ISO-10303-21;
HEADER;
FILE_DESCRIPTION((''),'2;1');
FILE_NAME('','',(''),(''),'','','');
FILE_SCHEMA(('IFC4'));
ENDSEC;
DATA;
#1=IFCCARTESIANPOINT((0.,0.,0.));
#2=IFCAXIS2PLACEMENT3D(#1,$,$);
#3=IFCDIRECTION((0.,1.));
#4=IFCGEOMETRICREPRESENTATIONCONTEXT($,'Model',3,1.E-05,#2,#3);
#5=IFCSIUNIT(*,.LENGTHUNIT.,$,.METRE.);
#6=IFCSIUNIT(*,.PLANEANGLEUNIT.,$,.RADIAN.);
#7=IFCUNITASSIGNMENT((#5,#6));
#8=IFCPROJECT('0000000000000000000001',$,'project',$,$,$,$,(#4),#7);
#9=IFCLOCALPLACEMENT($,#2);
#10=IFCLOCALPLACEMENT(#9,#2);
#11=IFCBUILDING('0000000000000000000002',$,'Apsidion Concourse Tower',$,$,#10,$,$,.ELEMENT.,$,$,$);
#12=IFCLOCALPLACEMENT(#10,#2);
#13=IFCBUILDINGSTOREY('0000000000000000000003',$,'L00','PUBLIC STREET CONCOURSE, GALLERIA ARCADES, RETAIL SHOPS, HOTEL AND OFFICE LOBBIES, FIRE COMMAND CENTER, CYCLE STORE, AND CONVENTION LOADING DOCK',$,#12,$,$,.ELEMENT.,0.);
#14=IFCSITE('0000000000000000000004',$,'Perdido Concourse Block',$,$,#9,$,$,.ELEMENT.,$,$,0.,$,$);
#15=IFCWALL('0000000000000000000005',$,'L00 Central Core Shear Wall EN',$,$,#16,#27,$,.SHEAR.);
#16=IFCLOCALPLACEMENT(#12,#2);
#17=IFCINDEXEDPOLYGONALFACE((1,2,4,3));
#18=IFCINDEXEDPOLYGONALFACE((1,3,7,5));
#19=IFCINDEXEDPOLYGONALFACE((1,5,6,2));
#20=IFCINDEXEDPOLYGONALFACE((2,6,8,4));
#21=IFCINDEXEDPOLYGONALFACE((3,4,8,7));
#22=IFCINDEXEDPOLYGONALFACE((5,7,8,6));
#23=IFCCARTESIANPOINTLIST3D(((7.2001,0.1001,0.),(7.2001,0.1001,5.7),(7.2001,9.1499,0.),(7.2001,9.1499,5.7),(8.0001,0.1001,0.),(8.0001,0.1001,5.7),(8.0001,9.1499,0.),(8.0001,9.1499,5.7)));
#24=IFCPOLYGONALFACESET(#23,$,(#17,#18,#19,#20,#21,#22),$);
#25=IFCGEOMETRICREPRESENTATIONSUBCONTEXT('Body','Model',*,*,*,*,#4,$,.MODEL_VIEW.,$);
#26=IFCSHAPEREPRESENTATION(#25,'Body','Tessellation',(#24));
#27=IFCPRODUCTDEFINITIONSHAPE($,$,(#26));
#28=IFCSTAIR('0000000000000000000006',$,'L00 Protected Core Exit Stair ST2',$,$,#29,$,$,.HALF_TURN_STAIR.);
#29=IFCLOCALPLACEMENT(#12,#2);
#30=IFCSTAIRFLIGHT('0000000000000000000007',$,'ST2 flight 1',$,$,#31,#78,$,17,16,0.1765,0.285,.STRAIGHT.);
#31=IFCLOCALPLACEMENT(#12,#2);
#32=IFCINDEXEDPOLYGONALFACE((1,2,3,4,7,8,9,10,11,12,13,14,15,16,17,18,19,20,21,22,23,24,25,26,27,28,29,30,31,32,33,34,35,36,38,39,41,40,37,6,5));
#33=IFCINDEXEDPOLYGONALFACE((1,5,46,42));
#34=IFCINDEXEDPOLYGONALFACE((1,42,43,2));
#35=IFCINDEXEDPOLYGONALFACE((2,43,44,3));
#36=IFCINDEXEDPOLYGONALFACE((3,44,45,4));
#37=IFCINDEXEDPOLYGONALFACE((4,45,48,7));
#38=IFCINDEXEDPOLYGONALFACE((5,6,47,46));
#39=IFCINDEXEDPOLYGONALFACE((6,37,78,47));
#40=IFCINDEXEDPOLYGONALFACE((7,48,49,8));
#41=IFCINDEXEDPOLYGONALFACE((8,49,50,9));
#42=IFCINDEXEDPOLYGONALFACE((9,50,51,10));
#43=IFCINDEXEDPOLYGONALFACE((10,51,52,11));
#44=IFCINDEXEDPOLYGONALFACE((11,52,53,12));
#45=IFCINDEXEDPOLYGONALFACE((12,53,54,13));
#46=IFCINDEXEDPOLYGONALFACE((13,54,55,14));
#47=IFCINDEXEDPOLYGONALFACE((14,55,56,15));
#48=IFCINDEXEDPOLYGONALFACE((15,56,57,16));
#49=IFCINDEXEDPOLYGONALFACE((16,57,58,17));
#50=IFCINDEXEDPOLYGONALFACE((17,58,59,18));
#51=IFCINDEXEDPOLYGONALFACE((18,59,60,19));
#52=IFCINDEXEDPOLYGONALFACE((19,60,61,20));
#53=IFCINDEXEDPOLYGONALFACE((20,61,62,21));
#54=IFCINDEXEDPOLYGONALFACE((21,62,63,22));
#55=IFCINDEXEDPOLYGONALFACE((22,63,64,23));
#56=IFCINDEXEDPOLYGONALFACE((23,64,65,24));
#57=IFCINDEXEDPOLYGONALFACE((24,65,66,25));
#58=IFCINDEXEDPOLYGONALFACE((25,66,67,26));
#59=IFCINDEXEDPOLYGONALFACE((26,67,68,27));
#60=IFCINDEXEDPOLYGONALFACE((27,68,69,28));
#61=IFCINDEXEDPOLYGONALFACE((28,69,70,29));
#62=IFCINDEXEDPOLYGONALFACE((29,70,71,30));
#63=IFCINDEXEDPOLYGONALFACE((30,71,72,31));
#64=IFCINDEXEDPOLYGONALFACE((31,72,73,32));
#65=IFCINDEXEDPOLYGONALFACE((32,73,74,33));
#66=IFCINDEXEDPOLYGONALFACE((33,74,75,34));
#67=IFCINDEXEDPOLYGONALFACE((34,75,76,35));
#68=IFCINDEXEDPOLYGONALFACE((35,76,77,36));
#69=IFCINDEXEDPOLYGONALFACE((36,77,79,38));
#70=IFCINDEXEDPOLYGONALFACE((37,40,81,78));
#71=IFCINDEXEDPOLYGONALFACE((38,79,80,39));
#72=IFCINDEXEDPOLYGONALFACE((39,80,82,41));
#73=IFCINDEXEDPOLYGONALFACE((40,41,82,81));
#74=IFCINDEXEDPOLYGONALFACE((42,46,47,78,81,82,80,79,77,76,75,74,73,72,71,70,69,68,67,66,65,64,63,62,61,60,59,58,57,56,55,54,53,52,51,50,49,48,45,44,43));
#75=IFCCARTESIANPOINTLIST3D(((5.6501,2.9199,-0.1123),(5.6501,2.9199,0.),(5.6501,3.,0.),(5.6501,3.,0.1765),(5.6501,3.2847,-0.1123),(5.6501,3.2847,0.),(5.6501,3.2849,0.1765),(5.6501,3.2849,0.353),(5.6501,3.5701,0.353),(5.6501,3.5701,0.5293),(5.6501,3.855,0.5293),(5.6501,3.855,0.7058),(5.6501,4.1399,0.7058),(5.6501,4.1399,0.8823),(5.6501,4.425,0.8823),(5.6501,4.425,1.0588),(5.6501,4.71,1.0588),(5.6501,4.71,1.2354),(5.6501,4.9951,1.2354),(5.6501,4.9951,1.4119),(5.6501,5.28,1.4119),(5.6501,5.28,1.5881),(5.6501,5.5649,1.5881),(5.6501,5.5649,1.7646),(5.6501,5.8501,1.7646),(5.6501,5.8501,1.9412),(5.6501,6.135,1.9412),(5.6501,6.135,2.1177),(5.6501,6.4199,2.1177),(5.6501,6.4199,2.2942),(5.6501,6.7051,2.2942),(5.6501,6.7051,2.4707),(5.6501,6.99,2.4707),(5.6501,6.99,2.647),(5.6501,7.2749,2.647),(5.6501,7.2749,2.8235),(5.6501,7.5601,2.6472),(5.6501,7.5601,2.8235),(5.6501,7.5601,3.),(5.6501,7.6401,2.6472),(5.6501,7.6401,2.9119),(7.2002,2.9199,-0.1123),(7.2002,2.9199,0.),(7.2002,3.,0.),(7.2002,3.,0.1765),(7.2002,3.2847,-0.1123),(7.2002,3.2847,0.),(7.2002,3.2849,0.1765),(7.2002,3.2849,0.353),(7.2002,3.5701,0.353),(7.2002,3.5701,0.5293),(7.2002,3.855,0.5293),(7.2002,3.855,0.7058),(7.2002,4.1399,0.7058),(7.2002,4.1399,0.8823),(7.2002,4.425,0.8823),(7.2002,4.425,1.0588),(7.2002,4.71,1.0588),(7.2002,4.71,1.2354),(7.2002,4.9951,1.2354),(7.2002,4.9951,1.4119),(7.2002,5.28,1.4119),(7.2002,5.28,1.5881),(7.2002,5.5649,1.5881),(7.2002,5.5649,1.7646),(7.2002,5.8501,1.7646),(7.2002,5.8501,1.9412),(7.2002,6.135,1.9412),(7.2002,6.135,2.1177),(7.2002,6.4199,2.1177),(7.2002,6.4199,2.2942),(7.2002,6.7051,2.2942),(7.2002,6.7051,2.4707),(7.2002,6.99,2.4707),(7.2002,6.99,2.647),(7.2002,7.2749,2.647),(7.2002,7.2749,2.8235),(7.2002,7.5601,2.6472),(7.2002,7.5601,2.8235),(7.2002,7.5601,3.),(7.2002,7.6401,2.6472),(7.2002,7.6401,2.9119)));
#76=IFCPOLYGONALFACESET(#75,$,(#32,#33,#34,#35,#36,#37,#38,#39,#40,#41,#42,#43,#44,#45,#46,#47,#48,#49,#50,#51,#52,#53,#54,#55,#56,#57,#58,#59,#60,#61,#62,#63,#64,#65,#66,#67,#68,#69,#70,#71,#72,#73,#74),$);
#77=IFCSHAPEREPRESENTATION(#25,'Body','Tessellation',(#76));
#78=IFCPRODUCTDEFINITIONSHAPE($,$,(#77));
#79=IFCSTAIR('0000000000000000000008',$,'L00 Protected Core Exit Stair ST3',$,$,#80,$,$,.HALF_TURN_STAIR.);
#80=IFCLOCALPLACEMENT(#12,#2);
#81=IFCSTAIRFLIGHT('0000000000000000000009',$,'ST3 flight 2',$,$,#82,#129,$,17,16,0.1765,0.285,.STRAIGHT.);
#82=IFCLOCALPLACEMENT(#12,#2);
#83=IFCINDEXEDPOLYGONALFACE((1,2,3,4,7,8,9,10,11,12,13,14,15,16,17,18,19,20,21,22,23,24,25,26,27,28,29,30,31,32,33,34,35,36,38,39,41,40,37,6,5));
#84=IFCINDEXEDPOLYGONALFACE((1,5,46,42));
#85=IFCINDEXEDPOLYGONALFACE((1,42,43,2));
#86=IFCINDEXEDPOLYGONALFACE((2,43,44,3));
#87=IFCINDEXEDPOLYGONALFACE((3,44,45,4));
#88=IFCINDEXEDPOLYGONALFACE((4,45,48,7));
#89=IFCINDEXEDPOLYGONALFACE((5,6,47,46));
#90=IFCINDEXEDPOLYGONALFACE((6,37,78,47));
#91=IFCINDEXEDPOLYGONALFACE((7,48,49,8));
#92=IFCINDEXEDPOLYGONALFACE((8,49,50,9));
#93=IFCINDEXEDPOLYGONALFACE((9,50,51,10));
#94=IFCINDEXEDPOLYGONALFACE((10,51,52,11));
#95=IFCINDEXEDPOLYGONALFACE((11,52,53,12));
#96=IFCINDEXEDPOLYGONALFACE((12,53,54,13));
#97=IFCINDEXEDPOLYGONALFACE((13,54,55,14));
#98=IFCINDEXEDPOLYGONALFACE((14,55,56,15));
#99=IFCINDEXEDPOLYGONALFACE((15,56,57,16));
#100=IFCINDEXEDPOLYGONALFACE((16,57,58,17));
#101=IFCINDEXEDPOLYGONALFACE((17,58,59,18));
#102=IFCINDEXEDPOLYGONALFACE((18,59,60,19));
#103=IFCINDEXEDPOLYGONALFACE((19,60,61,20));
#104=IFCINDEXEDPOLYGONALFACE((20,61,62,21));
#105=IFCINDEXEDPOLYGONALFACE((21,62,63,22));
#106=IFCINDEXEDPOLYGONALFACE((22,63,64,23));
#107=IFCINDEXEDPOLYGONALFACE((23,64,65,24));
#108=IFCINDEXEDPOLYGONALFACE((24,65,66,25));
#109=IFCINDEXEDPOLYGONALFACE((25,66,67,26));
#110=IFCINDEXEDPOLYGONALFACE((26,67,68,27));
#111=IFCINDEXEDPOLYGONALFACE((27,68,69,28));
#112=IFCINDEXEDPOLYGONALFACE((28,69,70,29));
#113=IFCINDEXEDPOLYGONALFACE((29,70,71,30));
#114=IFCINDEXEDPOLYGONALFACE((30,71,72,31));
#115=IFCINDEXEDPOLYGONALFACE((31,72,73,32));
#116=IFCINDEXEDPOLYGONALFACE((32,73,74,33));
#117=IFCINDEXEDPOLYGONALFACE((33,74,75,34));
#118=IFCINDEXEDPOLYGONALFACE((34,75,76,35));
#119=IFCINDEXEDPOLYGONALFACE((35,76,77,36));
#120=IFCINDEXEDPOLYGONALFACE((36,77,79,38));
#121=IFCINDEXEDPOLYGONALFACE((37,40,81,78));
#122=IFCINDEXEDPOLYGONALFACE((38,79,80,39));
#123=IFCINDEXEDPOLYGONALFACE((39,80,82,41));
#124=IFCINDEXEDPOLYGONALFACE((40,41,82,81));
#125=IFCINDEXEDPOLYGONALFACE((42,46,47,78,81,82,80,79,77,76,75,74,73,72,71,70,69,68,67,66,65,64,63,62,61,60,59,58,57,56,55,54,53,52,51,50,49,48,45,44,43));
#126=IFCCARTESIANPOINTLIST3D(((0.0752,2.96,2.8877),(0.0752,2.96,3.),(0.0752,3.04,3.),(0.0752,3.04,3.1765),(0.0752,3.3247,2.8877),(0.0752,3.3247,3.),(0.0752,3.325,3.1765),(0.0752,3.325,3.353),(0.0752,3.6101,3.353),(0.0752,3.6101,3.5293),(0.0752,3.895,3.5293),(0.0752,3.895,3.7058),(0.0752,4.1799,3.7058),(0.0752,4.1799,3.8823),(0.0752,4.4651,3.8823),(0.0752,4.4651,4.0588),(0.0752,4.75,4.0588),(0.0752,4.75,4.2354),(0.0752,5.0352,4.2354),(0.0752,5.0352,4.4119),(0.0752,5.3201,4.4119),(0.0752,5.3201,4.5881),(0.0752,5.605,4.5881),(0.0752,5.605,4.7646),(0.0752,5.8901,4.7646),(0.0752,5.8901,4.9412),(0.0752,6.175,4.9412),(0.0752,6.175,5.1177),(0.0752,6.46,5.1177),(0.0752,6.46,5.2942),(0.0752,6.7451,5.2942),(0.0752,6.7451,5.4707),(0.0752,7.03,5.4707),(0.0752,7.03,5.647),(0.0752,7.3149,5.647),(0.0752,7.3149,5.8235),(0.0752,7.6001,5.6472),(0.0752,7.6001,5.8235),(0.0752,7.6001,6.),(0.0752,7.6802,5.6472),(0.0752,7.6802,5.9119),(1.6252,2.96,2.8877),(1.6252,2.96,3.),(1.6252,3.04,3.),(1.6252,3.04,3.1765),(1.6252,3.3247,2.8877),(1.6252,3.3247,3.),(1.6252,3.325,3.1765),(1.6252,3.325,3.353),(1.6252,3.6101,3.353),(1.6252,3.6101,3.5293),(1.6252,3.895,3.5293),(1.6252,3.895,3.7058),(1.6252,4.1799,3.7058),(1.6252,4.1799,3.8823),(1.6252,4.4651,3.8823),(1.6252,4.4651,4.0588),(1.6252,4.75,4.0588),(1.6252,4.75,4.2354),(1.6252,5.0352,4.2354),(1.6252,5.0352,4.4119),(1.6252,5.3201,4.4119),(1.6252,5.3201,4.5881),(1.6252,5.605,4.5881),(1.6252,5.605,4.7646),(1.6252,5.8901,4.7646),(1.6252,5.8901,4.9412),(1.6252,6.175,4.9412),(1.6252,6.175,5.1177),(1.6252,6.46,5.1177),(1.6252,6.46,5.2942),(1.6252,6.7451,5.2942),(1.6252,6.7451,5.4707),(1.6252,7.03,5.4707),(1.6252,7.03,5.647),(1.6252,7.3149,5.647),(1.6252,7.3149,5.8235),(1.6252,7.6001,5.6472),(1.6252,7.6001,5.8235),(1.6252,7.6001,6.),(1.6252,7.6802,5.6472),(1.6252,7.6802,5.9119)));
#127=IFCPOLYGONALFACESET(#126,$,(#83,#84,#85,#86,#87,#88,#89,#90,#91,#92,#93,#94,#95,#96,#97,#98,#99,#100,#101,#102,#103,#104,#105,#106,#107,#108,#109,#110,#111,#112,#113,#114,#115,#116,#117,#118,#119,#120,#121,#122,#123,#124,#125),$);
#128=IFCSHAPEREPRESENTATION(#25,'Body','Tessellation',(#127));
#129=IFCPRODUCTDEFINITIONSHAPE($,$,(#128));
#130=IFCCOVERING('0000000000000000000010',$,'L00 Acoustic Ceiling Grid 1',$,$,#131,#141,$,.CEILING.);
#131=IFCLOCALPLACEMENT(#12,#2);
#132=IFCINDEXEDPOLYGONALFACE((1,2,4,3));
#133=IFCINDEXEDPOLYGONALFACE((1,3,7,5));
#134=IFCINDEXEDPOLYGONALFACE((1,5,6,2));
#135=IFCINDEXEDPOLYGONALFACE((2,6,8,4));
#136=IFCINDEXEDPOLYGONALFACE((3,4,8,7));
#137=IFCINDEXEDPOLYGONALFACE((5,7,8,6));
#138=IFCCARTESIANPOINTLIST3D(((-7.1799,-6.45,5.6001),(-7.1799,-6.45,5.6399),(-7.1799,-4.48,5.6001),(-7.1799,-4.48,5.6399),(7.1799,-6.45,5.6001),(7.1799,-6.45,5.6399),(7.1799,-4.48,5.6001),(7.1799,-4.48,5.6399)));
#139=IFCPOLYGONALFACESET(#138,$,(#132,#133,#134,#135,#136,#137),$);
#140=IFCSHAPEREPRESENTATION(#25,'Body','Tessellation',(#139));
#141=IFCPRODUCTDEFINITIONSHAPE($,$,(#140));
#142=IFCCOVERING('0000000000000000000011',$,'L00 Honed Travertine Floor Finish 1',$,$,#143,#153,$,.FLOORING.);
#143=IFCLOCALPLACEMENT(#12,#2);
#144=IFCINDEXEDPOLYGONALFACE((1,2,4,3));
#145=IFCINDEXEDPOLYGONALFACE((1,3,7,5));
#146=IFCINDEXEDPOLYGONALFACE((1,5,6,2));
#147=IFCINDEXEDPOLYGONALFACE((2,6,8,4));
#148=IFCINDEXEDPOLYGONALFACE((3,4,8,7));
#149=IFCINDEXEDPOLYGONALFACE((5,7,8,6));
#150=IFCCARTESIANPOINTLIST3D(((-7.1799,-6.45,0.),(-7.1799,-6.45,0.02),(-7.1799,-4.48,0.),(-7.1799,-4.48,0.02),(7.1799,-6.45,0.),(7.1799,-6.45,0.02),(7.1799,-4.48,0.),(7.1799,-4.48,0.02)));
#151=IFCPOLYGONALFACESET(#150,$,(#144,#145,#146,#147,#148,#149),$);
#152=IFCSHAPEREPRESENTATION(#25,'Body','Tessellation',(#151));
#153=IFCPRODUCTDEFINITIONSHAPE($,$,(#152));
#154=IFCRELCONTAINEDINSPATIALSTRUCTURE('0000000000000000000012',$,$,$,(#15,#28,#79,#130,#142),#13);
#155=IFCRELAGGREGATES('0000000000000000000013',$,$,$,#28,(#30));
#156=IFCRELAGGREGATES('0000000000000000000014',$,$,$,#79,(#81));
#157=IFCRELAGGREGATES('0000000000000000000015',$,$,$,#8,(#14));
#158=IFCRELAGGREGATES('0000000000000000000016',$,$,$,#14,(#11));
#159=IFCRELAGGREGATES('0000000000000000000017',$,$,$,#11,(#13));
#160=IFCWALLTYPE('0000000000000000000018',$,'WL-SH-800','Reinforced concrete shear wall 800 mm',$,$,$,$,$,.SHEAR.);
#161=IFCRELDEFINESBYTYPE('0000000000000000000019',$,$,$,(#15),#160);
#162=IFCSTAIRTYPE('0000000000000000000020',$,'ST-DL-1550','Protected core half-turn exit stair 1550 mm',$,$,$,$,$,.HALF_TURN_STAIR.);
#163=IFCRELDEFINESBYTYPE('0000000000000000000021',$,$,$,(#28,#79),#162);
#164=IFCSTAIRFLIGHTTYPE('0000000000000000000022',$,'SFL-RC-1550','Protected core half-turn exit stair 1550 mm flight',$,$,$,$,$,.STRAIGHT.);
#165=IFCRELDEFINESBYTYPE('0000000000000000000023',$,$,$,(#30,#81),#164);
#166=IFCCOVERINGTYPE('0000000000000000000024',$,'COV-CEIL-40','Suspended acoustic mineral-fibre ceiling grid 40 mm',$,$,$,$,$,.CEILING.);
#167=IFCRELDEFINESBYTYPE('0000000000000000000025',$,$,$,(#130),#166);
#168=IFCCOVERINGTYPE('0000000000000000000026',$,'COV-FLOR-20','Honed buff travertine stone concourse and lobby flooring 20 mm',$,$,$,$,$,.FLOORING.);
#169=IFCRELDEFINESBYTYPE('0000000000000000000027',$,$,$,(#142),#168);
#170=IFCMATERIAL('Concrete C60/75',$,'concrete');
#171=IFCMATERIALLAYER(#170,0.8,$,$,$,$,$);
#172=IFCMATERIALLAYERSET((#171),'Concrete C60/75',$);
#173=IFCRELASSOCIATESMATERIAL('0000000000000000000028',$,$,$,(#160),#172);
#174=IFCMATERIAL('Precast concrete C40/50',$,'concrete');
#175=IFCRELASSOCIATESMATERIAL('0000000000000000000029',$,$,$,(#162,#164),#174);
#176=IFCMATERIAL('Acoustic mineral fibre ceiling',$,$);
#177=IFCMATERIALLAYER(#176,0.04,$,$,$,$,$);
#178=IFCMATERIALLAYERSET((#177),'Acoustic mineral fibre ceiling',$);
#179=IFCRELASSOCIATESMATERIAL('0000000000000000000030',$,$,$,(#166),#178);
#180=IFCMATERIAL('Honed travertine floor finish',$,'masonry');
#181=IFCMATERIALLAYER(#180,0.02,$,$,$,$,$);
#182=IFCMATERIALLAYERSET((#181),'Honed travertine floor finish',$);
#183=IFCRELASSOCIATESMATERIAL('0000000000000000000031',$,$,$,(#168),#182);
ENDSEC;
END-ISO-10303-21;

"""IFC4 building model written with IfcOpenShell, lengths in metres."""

from ifc_helpers import new_model, si_unit, direction, frame, frame_2d, origin, place, context, subcontext, project, spatial, polyline, rectangle, outline, extrude, material, layer, layer_set, type_object, element, aggregate, save


model = new_model("IFC4")

# Units and contexts
model_context = context("Model", 3, precision=1e-05, world=origin(), true_north=direction((0.0, 1.0)))
body_context = subcontext(model_context, "Body", "Model", "MODEL_VIEW")
ifc_project = project(units=[si_unit("LENGTHUNIT", "METRE"), si_unit("PLANEANGLEUNIT", "RADIAN")], contexts=[model_context])

# Site, building, storey
site_placement = place(None, origin())
site = spatial("IfcSite", under=ifc_project, at=site_placement, Name="Perdido Concourse Block", CompositionType="ELEMENT", RefElevation=0.0)
building_placement = place(site_placement, origin())
building = spatial("IfcBuilding", under=site, at=building_placement, Name="Apsidion Concourse Tower", CompositionType="ELEMENT")
storey_placement = place(building_placement, origin())
storey = spatial("IfcBuildingStorey", under=building, at=storey_placement, Name="L00", Description="PUBLIC STREET CONCOURSE, GALLERIA ARCADES, RETAIL SHOPS, HOTEL AND OFFICE LOBBIES, FIRE COMMAND CENTER, CYCLE STORE, AND CONVENTION LOADING DOCK", CompositionType="ELEMENT", Elevation=0.0)

# Shared definitions
ifc_material_1 = material(Name="Concrete C60/75", Category="concrete")

# Shared definitions
ifc_material_2 = material(Name="Precast concrete C40/50", Category="concrete")

# Wall
ifc_layer_1 = layer(ifc_material_1, 0.8)
ifc_layer_set_1 = layer_set([ifc_layer_1], Name="Concrete C60/75")
wall_type_1 = type_object("IfcWallType", Name="WL-SH-800", Description="Reinforced concrete shear wall 800 mm", PredefinedType="SHEAR", material=ifc_layer_set_1)
wall_1_placement = place(storey_placement, frame((7.6001, 0.1001, 0.0), z_axis=(0.0, 0.0, 1.0), x_axis=(0.0, 1.0, 0.0)))
element("IfcWall", 1, at=wall_1_placement, inside=storey, type_object=wall_type_1, Name="L00 Central Core Shear Wall EN", PredefinedType="SHEAR", context=body_context, shape_type="SweptSolid", body=[
    extrude(rectangle(XDim=9.0498, YDim=0.8, at=frame_2d((4.5249, 0.0))), origin(), (0.0, 0.0, 1.0), 5.7),
])

# Stairs, stair flights
stair_type_1 = type_object("IfcStairType", Name="ST-DL-1550", Description="Protected core half-turn exit stair 1550 mm", PredefinedType="HALF_TURN_STAIR", material=ifc_material_2)
stair_1_placement = place(storey_placement, origin())
stair_1 = element("IfcStair", 2, at=stair_1_placement, inside=storey, type_object=stair_type_1, Name="L00 Protected Core Exit Stair ST2", PredefinedType="HALF_TURN_STAIR")
stair_flight_type = type_object("IfcStairFlightType", Name="SFL-RC-1550", Description="Protected core half-turn exit stair 1550 mm flight", PredefinedType="STRAIGHT", material=ifc_material_2)
stair_flight_1_placement = place(storey_placement, frame((6.425, 3.0, 0.0), z_axis=(0.0, 0.0, 1.0), x_axis=(0.0, 1.0, 0.0)))
stair_flight_1 = element("IfcStairFlight", 3, at=stair_flight_1_placement, type_object=stair_flight_type, Name="ST2 flight 1", NumberOfRisers=17, NumberOfTreads=16, PredefinedType="STRAIGHT", RiserHeight=0.1765, TreadLength=0.285, context=body_context, shape_type="SweptSolid", body=[
    extrude(outline(polyline([(-0.0801, -0.1123), (-0.0801, 0.0), (0.0, 0.0), (0.0, 0.1765), (0.2849, 0.1765), (0.2849, 0.353), (0.5701, 0.353), (0.5701, 0.5293), (0.855, 0.5293), (0.855, 0.7058), (1.1399, 0.7058), (1.1399, 0.8823), (1.425, 0.8823), (1.425, 1.0588), (1.71, 1.0588), (1.71, 1.2354), (1.9951, 1.2354), (1.9951, 1.4119), (2.28, 1.4119), (2.28, 1.5881), (2.5649, 1.5881), (2.5649, 1.7646), (2.8501, 1.7646), (2.8501, 1.9412), (3.135, 1.9412), (3.135, 2.1177), (3.4199, 2.1177), (3.4199, 2.2942), (3.7051, 2.2942), (3.7051, 2.4707), (3.99, 2.4707), (3.99, 2.647), (4.2749, 2.647), (4.2749, 2.8235), (4.5601, 2.8235), (4.5601, 3.0), (4.6401, 2.9119), (4.6401, 2.6472), (4.5601, 2.6472), (0.2847, 0.0), (0.2847, -0.1123), (-0.0801, -0.1123)])), frame((0.0, 0.7749, 0.0), z_axis=(0.0, -1.0, 0.0), x_axis=(1.0, 0.0, 0.0)), (0.0, 0.0, 1.0), 1.55),
])
aggregate(stair_1, [stair_flight_1])
stair_2_placement = place(storey_placement, origin())
stair_2 = element("IfcStair", 4, at=stair_2_placement, inside=storey, type_object=stair_type_1, Name="L00 Protected Core Exit Stair ST3", PredefinedType="HALF_TURN_STAIR")
stair_flight_2_placement = place(storey_placement, frame((0.8501, 3.04, 3.0), z_axis=(0.0, 0.0, 1.0), x_axis=(0.0, 1.0, 0.0)))
stair_flight_2 = element("IfcStairFlight", 5, at=stair_flight_2_placement, type_object=stair_flight_type, Name="ST3 flight 2", NumberOfRisers=17, NumberOfTreads=16, PredefinedType="STRAIGHT", RiserHeight=0.1765, TreadLength=0.285, context=body_context, shape_type="SweptSolid", body=[
    extrude(outline(polyline([(-0.0801, -0.1123), (-0.0801, 0.0), (0.0, 0.0), (0.0, 0.1765), (0.2849, 0.1765), (0.2849, 0.353), (0.5701, 0.353), (0.5701, 0.5293), (0.855, 0.5293), (0.855, 0.7058), (1.1399, 0.7058), (1.1399, 0.8823), (1.425, 0.8823), (1.425, 1.0588), (1.71, 1.0588), (1.71, 1.2354), (1.9951, 1.2354), (1.9951, 1.4119), (2.28, 1.4119), (2.28, 1.5881), (2.5649, 1.5881), (2.5649, 1.7646), (2.8501, 1.7646), (2.8501, 1.9412), (3.135, 1.9412), (3.135, 2.1177), (3.4199, 2.1177), (3.4199, 2.2942), (3.7051, 2.2942), (3.7051, 2.4707), (3.99, 2.4707), (3.99, 2.647), (4.2749, 2.647), (4.2749, 2.8235), (4.5601, 2.8235), (4.5601, 3.0), (4.6401, 2.9119), (4.6401, 2.6472), (4.5601, 2.6472), (0.2847, 0.0), (0.2847, -0.1123), (-0.0801, -0.1123)])), frame((0.0, 0.7749, 0.0), z_axis=(0.0, -1.0, 0.0), x_axis=(1.0, 0.0, 0.0)), (0.0, 0.0, 1.0), 1.55),
])
aggregate(stair_2, [stair_flight_2])

# Coverings
ifc_material_3 = material(Name="Acoustic mineral fibre ceiling")
ifc_layer_2 = layer(ifc_material_3, 0.04)
ifc_layer_set_2 = layer_set([ifc_layer_2], Name="Acoustic mineral fibre ceiling")
covering_type_1 = type_object("IfcCoveringType", Name="COV-CEIL-40", Description="Suspended acoustic mineral-fibre ceiling grid 40 mm", PredefinedType="CEILING", material=ifc_layer_set_2)
covering_1_placement = place(storey_placement, frame((0.0, 0.0, 5.6001)))
element("IfcCovering", 6, at=covering_1_placement, inside=storey, type_object=covering_type_1, Name="L00 Acoustic Ceiling Grid 1", PredefinedType="CEILING", context=body_context, shape_type="SweptSolid", body=[
    extrude(outline(polyline([(-7.1799, -6.45), (-7.1799, -4.48), (7.1799, -4.48), (7.1799, -6.45), (-7.1799, -6.45)])), origin(), (0.0, 0.0, 1.0), 0.0398),
])
ifc_material_4 = material(Name="Honed travertine floor finish", Category="masonry")
ifc_layer_3 = layer(ifc_material_4, 0.02)
ifc_layer_set_3 = layer_set([ifc_layer_3], Name="Honed travertine floor finish")
covering_type_2 = type_object("IfcCoveringType", Name="COV-FLOR-20", Description="Honed buff travertine stone concourse and lobby flooring 20 mm", PredefinedType="FLOORING", material=ifc_layer_set_3)
covering_2_placement = place(storey_placement, origin())
element("IfcCovering", 7, at=covering_2_placement, inside=storey, type_object=covering_type_2, Name="L00 Honed Travertine Floor Finish 1", PredefinedType="FLOORING", context=body_context, shape_type="SweptSolid", body=[
    extrude(outline(polyline([(-7.1799, -6.45), (-7.1799, -4.48), (7.1799, -4.48), (7.1799, -6.45), (-7.1799, -6.45)])), origin(), (0.0, 0.0, 1.0), 0.02),
])

save(model, "model.ifc")
